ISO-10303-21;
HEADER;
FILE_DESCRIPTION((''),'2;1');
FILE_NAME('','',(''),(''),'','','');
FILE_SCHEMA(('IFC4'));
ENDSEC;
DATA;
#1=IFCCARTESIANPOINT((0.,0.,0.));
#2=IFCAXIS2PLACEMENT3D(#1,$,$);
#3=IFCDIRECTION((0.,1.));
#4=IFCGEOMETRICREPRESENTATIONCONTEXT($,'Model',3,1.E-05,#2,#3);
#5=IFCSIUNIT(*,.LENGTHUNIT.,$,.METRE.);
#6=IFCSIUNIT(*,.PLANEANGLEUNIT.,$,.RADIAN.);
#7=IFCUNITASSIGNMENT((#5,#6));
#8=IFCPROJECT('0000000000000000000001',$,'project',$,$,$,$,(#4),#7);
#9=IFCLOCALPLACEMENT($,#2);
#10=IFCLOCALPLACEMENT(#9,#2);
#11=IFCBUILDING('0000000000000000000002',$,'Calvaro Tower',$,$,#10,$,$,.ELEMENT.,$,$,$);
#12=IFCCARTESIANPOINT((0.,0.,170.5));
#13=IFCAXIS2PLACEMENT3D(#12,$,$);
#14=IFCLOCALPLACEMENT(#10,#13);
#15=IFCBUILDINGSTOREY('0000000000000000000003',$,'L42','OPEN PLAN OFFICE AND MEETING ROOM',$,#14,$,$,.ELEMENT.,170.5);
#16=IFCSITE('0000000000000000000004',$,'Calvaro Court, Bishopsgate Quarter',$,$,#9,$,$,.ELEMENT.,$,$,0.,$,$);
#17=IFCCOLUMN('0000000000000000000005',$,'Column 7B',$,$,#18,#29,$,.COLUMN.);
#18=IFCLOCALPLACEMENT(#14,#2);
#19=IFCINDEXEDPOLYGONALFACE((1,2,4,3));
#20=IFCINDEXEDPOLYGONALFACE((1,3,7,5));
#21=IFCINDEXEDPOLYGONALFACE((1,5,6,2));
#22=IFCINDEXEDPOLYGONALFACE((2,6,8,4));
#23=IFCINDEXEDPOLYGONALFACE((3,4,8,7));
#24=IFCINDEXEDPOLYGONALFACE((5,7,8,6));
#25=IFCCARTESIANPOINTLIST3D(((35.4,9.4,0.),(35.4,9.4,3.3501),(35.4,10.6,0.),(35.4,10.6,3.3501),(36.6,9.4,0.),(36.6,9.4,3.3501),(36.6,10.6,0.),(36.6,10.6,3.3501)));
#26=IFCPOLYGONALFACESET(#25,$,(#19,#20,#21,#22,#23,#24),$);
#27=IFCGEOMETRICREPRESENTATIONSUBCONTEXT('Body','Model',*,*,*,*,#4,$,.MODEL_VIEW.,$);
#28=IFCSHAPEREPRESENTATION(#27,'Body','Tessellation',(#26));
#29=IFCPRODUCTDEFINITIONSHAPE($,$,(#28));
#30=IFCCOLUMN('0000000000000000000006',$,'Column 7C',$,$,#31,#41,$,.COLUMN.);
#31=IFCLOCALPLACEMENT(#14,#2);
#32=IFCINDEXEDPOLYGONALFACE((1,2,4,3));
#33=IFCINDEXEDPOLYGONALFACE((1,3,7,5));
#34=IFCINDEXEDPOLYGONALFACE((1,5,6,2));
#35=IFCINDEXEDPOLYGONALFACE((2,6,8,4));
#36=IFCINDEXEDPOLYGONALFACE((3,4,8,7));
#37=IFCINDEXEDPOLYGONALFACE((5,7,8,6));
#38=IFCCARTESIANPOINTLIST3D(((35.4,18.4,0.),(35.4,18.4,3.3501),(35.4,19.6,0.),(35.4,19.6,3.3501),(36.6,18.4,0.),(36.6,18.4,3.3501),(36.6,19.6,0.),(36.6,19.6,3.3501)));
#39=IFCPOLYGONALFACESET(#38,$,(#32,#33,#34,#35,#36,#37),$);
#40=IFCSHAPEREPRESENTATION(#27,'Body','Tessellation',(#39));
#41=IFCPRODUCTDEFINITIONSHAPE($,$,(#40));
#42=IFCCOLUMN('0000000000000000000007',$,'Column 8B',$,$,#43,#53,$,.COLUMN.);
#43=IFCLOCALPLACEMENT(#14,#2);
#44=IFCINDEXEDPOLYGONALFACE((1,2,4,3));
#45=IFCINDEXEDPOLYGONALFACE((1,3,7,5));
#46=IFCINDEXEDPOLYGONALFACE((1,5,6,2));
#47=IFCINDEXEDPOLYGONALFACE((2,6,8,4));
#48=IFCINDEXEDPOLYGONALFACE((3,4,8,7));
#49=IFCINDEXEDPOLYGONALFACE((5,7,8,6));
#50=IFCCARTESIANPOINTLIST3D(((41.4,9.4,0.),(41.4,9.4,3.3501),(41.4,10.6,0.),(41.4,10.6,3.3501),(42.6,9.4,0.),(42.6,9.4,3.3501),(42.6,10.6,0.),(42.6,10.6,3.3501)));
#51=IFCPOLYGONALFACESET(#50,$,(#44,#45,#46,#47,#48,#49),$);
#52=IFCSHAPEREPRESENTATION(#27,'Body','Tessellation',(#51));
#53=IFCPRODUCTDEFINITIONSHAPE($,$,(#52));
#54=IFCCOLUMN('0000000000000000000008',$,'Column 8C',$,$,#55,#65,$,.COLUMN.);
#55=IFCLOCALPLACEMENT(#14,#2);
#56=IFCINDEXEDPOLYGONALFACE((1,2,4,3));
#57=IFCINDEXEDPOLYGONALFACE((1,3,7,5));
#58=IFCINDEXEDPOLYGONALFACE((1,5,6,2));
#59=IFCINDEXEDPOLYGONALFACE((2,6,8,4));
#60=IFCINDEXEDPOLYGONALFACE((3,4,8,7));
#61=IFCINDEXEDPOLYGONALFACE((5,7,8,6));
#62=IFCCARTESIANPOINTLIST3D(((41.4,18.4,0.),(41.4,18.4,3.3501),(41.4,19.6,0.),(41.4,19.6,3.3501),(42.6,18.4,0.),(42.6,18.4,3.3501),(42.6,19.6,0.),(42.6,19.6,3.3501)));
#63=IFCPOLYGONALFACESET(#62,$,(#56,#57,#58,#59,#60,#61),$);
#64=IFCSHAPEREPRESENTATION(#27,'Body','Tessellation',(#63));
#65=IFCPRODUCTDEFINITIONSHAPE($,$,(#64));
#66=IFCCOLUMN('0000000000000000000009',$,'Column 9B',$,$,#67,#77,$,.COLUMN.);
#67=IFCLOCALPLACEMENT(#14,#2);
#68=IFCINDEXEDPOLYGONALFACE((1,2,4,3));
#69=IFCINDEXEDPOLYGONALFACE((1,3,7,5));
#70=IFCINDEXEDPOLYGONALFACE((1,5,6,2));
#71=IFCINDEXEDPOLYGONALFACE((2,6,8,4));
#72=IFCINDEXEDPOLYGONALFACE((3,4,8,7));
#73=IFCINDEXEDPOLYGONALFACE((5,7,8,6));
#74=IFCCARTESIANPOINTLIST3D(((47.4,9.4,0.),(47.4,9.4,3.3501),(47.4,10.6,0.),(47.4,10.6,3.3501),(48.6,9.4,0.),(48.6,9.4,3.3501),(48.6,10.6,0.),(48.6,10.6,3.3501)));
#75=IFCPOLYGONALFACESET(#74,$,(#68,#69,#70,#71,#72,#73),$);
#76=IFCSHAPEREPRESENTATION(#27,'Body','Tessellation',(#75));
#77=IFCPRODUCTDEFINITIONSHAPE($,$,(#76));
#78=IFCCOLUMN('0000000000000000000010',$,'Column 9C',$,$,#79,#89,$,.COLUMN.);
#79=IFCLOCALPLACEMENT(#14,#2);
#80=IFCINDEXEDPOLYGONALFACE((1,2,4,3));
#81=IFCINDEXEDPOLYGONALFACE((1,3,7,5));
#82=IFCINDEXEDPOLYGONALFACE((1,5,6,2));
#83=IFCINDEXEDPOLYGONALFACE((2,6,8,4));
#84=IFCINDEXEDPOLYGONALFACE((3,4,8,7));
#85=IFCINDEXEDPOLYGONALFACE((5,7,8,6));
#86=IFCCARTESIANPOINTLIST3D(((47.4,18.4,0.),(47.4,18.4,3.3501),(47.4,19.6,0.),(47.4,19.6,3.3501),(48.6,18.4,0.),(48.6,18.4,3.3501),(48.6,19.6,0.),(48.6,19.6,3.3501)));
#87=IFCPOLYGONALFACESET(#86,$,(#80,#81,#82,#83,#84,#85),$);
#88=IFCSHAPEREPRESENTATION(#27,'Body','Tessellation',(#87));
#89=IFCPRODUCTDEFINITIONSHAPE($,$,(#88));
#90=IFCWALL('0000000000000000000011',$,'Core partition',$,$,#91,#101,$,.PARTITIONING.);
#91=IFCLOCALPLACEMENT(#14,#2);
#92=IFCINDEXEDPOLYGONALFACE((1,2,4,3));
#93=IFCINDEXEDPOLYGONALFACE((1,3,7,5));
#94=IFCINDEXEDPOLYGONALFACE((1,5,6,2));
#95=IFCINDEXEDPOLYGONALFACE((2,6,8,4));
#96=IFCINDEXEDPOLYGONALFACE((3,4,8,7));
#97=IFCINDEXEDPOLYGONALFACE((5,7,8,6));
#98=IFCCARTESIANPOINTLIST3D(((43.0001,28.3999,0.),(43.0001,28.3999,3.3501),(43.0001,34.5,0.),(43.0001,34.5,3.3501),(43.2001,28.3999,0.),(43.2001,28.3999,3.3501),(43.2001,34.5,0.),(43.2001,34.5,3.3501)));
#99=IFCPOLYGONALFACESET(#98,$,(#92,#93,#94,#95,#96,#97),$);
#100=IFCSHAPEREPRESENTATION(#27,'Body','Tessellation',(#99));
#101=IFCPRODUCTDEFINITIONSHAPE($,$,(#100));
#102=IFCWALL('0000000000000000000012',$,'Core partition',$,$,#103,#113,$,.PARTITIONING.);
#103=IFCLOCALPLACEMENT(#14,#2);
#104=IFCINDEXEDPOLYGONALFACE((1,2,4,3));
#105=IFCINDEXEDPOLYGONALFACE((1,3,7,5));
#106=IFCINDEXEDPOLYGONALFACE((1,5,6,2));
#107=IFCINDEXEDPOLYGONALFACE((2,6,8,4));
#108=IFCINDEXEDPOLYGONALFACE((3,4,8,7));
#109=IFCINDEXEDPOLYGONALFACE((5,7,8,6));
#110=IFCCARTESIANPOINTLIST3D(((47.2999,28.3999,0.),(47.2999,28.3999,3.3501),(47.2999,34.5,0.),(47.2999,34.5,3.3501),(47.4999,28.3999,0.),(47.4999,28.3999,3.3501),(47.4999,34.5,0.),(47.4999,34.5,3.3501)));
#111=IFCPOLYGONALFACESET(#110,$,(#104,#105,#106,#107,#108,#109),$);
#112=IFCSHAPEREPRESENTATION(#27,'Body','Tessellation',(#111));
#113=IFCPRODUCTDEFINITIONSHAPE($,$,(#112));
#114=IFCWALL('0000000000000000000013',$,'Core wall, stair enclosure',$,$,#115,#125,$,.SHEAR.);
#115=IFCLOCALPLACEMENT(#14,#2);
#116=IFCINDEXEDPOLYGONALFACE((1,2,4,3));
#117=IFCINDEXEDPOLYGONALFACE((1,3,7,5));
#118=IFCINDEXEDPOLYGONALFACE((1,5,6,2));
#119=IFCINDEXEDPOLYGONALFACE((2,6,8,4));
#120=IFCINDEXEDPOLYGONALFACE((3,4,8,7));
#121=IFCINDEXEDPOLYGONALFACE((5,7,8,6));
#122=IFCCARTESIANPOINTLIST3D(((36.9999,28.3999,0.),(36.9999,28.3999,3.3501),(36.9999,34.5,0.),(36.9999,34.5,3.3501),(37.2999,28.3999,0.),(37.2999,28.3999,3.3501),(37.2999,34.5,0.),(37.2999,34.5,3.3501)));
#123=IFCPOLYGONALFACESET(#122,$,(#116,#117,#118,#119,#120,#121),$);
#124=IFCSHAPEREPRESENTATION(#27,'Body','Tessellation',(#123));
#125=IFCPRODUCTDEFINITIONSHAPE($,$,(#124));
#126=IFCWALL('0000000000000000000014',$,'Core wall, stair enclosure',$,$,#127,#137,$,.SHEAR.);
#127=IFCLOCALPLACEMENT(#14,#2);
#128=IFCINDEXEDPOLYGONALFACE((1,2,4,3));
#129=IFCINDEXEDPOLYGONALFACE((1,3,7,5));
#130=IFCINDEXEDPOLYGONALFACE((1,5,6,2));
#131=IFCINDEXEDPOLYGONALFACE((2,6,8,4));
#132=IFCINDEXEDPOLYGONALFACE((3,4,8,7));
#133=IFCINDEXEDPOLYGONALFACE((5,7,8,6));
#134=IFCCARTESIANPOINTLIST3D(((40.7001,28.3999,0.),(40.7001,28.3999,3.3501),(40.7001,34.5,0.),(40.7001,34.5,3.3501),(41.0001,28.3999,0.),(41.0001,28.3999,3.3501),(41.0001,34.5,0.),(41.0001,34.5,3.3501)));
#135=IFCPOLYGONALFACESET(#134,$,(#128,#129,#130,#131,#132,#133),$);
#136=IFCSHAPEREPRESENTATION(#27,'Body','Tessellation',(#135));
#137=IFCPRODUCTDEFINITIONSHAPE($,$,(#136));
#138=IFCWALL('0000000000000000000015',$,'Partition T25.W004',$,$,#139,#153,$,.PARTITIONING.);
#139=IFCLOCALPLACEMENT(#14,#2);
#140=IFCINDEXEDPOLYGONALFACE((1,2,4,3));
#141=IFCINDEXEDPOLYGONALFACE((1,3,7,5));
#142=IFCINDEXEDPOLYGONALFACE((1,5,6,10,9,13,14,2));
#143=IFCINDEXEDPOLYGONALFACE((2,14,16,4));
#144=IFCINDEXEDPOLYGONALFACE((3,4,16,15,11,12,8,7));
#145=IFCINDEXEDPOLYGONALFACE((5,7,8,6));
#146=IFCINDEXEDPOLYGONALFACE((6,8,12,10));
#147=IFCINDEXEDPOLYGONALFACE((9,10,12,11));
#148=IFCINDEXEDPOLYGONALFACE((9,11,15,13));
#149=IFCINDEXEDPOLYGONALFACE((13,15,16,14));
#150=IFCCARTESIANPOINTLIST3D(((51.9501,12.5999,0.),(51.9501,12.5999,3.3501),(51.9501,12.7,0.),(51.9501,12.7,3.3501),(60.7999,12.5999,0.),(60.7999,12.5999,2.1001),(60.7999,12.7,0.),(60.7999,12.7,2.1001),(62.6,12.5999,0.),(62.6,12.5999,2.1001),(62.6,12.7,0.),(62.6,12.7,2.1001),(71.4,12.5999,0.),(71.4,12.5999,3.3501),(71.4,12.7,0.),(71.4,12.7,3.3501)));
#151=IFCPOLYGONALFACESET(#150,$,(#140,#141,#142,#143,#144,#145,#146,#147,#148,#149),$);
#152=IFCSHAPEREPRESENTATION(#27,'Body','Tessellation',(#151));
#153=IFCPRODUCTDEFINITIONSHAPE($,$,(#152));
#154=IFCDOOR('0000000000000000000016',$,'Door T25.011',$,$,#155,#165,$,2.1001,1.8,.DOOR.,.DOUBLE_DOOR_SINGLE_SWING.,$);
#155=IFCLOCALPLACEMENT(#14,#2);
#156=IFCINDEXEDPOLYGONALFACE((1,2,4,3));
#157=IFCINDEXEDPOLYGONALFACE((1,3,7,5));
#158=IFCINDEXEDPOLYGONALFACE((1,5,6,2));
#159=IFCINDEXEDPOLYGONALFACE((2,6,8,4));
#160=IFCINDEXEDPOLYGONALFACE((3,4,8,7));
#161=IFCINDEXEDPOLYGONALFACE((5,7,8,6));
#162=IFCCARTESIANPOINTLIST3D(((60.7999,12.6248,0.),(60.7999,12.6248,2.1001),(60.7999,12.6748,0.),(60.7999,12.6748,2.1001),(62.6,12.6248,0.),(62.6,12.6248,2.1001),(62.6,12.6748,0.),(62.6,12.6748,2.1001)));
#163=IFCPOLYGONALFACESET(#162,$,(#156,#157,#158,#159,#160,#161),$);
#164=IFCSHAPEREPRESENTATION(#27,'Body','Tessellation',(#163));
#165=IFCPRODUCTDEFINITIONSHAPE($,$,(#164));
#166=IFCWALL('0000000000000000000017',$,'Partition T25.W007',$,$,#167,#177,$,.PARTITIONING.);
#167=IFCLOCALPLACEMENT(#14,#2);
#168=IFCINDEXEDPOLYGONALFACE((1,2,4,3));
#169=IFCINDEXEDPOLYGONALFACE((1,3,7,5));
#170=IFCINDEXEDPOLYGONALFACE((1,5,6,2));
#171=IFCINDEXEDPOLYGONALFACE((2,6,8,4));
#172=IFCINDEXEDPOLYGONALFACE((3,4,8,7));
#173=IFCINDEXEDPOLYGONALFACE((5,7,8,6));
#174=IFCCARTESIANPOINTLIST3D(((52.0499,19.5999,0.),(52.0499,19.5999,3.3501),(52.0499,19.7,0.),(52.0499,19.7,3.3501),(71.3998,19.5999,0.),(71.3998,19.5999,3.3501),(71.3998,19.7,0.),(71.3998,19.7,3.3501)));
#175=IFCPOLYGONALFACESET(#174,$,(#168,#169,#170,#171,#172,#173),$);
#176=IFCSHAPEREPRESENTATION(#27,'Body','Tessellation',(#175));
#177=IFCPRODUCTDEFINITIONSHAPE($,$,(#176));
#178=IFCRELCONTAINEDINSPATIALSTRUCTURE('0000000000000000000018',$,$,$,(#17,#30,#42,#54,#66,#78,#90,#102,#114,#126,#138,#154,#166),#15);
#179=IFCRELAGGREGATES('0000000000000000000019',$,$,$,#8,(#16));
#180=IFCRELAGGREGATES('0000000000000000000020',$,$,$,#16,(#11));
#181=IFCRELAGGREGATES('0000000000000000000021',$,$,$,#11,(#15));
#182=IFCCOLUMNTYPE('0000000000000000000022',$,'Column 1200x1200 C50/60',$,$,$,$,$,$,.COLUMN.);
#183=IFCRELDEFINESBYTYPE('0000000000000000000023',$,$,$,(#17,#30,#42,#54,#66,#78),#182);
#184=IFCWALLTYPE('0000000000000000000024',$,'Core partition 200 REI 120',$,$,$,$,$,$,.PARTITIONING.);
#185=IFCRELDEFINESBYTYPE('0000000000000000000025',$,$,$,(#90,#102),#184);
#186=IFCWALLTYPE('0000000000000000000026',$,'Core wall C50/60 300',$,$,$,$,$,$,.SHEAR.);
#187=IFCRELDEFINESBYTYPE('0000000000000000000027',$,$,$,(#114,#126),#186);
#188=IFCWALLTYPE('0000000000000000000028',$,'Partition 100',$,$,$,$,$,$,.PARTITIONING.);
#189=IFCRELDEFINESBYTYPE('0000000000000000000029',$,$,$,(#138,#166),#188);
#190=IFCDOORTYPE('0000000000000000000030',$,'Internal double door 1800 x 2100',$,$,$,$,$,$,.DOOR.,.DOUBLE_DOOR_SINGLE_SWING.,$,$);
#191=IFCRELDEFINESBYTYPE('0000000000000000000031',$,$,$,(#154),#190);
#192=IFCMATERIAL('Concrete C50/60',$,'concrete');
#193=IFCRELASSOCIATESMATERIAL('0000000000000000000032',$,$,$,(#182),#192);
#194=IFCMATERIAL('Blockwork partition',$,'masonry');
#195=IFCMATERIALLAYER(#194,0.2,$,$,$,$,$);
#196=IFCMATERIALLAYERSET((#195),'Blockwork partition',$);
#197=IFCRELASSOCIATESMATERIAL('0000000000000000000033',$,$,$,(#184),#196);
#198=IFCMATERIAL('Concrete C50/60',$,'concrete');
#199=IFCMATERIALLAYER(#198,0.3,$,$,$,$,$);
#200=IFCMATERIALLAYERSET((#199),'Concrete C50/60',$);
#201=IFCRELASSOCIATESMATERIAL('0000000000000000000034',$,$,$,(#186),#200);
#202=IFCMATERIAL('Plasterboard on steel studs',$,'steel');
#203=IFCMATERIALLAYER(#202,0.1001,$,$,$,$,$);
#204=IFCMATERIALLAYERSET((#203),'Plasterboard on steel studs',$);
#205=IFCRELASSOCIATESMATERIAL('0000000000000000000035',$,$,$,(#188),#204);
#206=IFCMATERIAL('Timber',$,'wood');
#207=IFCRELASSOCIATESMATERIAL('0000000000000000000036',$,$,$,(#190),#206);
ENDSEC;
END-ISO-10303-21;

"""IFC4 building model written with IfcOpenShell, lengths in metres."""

from ifc_helpers import new_model, si_unit, direction, frame, frame_2d, origin, origin_2d, place, context, subcontext, project, spatial, rectangle, extrude, material, layer, layer_set, material_profile, profile_set, type_object, element, fill, save


model = new_model("IFC4")

# Units and contexts
model_context = context("Model", 3, precision=1e-05, world=origin(), true_north=direction((0.0, 1.0)))
body_context = subcontext(model_context, "Body", "Model", "MODEL_VIEW")
ifc_project = project(units=[si_unit("LENGTHUNIT", "METRE"), si_unit("PLANEANGLEUNIT", "RADIAN")], contexts=[model_context])

# Site, building, storey
site_placement = place(None, origin())
site = spatial("IfcSite", under=ifc_project, at=site_placement, Name="Calvaro Court, Bishopsgate Quarter", CompositionType="ELEMENT", RefElevation=0.0)
building_placement = place(site_placement, origin())
building = spatial("IfcBuilding", under=site, at=building_placement, Name="Calvaro Tower", CompositionType="ELEMENT")
storey_placement = place(building_placement, frame((0.0, 0.0, 170.5)))
storey = spatial("IfcBuildingStorey", under=building, at=storey_placement, Name="L42", Description="OPEN PLAN OFFICE AND MEETING ROOM", CompositionType="ELEMENT", Elevation=170.5)

# Columns
ifc_material_1 = material(Name="Concrete C50/60", Category="concrete")
ifc_material_profile = material_profile(ifc_material_1, rectangle(XDim=1.2, YDim=1.2, at=origin_2d()), Name="RC 1200x1200")
ifc_profile_set = profile_set([ifc_material_profile], Name="Concrete C50/60")
column_type = type_object("IfcColumnType", Name="Column 1200x1200 C50/60", PredefinedType="COLUMN", material=ifc_profile_set)
for number, where, z_axis, x_axis, name in (
    (1, (36.0, 10.0, 0.0), (0.0, 0.0, 1.0), (1.0, 0.0, 0.0), "Column 7B"),
    (2, (36.0, 19.0, 0.0), (0.0, 0.0, 1.0), (1.0, 0.0, 0.0), "Column 7C"),
    (3, (42.0, 10.0, 0.0), (0.0, 0.0, 1.0), (1.0, 0.0, 0.0), "Column 8B"),
    (4, (42.0, 19.0, 0.0), (0.0, 0.0, 1.0), (1.0, 0.0, 0.0), "Column 8C"),
    (5, (48.0, 10.0, 0.0), (0.0, 0.0, 1.0), (1.0, 0.0, 0.0), "Column 9B"),
    (6, (48.0, 19.0, 0.0), (0.0, 0.0, 1.0), (1.0, 0.0, 0.0), "Column 9C"),
):
    element("IfcColumn", number, at=place(storey_placement, frame(where, z_axis=z_axis, x_axis=x_axis)), inside=storey, type_object=column_type, Name=name, PredefinedType="COLUMN", context=body_context, shape_type="SweptSolid", body=[
        extrude(rectangle(XDim=1.2, YDim=1.2, at=origin_2d()), origin(), (0.0, 0.0, 1.0), 3.3501),
    ])

# Walls
ifc_material_2 = material(Name="Blockwork partition", Category="masonry")
ifc_layer_1 = layer(ifc_material_2, 0.2)
ifc_layer_set_1 = layer_set([ifc_layer_1], Name="Blockwork partition")
wall_type_1 = type_object("IfcWallType", Name="Core partition 200 REI 120", PredefinedType="PARTITIONING", material=ifc_layer_set_1)
for number, where, z_axis, x_axis, name in (
    (7, (43.1001, 28.3999, 0.0), (0.0, 0.0, 1.0), (0.0, 1.0, 0.0), "Core partition"),
    (8, (47.3999, 28.3999, 0.0), (0.0, 0.0, 1.0), (0.0, 1.0, 0.0), "Core partition"),
):
    element("IfcWall", number, at=place(storey_placement, frame(where, z_axis=z_axis, x_axis=x_axis)), inside=storey, type_object=wall_type_1, Name=name, PredefinedType="PARTITIONING", context=body_context, shape_type="SweptSolid", body=[
        extrude(rectangle(XDim=6.1001, YDim=0.2, at=frame_2d((3.05, 0.0))), origin(), (0.0, 0.0, 1.0), 3.3501),
    ])
ifc_material_3 = material(Name="Concrete C50/60", Category="concrete")
ifc_layer_2 = layer(ifc_material_3, 0.3)
ifc_layer_set_2 = layer_set([ifc_layer_2], Name="Concrete C50/60")
wall_type_2 = type_object("IfcWallType", Name="Core wall C50/60 300", PredefinedType="SHEAR", material=ifc_layer_set_2)
for number, where, z_axis, x_axis, name in (
    (9, (37.1499, 28.3999, 0.0), (0.0, 0.0, 1.0), (0.0, 1.0, 0.0), "Core wall, stair enclosure"),
    (10, (40.8501, 28.3999, 0.0), (0.0, 0.0, 1.0), (0.0, 1.0, 0.0), "Core wall, stair enclosure"),
):
    element("IfcWall", number, at=place(storey_placement, frame(where, z_axis=z_axis, x_axis=x_axis)), inside=storey, type_object=wall_type_2, Name=name, PredefinedType="SHEAR", context=body_context, shape_type="SweptSolid", body=[
        extrude(rectangle(XDim=6.1001, YDim=0.3, at=frame_2d((3.05, 0.0))), origin(), (0.0, 0.0, 1.0), 3.3501),
    ])

# Wall, opening, door
ifc_material_4 = material(Name="Plasterboard on steel studs", Category="steel")
ifc_layer_3 = layer(ifc_material_4, 0.1001)
ifc_layer_set_3 = layer_set([ifc_layer_3], Name="Plasterboard on steel studs")
wall_type_3 = type_object("IfcWallType", Name="Partition 100", PredefinedType="PARTITIONING", material=ifc_layer_set_3)
wall_1_placement = place(storey_placement, frame((51.95, 12.6499, 0.0), z_axis=(0.0, 0.0, 1.0), x_axis=(1.0, 0.0, 0.0)))
wall_1 = element("IfcWall", 11, at=wall_1_placement, inside=storey, type_object=wall_type_3, Name="Partition T25.W004", PredefinedType="PARTITIONING", context=body_context, shape_type="SweptSolid", body=[
    extrude(rectangle(XDim=19.45, YDim=0.1001, at=frame_2d((9.7251, 0.0))), origin(), (0.0, 0.0, 1.0), 3.3501),
])
opening_1_placement = place(wall_1_placement, frame((8.8501, 0.0, 0.0)))
opening_1 = element("IfcOpeningElement", 12, at=opening_1_placement, cuts=wall_1, PredefinedType="OPENING", context=body_context, shape_type="SweptSolid", body=[
    extrude(rectangle(XDim=1.8, YDim=2.1001, at=frame_2d((0.8999, 1.05))), frame((0.0, 0.0601, 0.0), z_axis=(0.0, -1.0, 0.0), x_axis=(1.0, 0.0, 0.0)), (0.0, 0.0, 1.0), 0.1201),
])
ifc_material_5 = material(Name="Timber", Category="wood")
door_type_1 = type_object("IfcDoorType", Name="Internal double door 1800 x 2100", OperationType="DOUBLE_DOOR_SINGLE_SWING", PredefinedType="DOOR", material=ifc_material_5)
door_1_placement = place(opening_1_placement, origin())
door_1 = element("IfcDoor", 13, at=door_1_placement, inside=storey, type_object=door_type_1, Name="Door T25.011", OperationType="DOUBLE_DOOR_SINGLE_SWING", OverallHeight=2.1001, OverallWidth=1.8, PredefinedType="DOOR", context=body_context, shape_type="SweptSolid", body=[
    extrude(rectangle(XDim=1.8, YDim=2.1001, at=frame_2d((0.8999, 1.05))), frame((0.0, 0.0249, 0.0), z_axis=(0.0, -1.0, 0.0), x_axis=(1.0, 0.0, 0.0)), (0.0, 0.0, 1.0), 0.05),
])
fill(opening_1, door_1)

# Wall
wall_2_placement = place(storey_placement, frame((52.05, 19.6499, 0.0), z_axis=(0.0, 0.0, 1.0), x_axis=(1.0, 0.0, 0.0)))
element("IfcWall", 14, at=wall_2_placement, inside=storey, type_object=wall_type_3, Name="Partition T25.W007", PredefinedType="PARTITIONING", context=body_context, shape_type="SweptSolid", body=[
    extrude(rectangle(XDim=19.3499, YDim=0.1001, at=frame_2d((9.6748, 0.0))), origin(), (0.0, 0.0, 1.0), 3.3501),
])

save(model, "model.ifc")
